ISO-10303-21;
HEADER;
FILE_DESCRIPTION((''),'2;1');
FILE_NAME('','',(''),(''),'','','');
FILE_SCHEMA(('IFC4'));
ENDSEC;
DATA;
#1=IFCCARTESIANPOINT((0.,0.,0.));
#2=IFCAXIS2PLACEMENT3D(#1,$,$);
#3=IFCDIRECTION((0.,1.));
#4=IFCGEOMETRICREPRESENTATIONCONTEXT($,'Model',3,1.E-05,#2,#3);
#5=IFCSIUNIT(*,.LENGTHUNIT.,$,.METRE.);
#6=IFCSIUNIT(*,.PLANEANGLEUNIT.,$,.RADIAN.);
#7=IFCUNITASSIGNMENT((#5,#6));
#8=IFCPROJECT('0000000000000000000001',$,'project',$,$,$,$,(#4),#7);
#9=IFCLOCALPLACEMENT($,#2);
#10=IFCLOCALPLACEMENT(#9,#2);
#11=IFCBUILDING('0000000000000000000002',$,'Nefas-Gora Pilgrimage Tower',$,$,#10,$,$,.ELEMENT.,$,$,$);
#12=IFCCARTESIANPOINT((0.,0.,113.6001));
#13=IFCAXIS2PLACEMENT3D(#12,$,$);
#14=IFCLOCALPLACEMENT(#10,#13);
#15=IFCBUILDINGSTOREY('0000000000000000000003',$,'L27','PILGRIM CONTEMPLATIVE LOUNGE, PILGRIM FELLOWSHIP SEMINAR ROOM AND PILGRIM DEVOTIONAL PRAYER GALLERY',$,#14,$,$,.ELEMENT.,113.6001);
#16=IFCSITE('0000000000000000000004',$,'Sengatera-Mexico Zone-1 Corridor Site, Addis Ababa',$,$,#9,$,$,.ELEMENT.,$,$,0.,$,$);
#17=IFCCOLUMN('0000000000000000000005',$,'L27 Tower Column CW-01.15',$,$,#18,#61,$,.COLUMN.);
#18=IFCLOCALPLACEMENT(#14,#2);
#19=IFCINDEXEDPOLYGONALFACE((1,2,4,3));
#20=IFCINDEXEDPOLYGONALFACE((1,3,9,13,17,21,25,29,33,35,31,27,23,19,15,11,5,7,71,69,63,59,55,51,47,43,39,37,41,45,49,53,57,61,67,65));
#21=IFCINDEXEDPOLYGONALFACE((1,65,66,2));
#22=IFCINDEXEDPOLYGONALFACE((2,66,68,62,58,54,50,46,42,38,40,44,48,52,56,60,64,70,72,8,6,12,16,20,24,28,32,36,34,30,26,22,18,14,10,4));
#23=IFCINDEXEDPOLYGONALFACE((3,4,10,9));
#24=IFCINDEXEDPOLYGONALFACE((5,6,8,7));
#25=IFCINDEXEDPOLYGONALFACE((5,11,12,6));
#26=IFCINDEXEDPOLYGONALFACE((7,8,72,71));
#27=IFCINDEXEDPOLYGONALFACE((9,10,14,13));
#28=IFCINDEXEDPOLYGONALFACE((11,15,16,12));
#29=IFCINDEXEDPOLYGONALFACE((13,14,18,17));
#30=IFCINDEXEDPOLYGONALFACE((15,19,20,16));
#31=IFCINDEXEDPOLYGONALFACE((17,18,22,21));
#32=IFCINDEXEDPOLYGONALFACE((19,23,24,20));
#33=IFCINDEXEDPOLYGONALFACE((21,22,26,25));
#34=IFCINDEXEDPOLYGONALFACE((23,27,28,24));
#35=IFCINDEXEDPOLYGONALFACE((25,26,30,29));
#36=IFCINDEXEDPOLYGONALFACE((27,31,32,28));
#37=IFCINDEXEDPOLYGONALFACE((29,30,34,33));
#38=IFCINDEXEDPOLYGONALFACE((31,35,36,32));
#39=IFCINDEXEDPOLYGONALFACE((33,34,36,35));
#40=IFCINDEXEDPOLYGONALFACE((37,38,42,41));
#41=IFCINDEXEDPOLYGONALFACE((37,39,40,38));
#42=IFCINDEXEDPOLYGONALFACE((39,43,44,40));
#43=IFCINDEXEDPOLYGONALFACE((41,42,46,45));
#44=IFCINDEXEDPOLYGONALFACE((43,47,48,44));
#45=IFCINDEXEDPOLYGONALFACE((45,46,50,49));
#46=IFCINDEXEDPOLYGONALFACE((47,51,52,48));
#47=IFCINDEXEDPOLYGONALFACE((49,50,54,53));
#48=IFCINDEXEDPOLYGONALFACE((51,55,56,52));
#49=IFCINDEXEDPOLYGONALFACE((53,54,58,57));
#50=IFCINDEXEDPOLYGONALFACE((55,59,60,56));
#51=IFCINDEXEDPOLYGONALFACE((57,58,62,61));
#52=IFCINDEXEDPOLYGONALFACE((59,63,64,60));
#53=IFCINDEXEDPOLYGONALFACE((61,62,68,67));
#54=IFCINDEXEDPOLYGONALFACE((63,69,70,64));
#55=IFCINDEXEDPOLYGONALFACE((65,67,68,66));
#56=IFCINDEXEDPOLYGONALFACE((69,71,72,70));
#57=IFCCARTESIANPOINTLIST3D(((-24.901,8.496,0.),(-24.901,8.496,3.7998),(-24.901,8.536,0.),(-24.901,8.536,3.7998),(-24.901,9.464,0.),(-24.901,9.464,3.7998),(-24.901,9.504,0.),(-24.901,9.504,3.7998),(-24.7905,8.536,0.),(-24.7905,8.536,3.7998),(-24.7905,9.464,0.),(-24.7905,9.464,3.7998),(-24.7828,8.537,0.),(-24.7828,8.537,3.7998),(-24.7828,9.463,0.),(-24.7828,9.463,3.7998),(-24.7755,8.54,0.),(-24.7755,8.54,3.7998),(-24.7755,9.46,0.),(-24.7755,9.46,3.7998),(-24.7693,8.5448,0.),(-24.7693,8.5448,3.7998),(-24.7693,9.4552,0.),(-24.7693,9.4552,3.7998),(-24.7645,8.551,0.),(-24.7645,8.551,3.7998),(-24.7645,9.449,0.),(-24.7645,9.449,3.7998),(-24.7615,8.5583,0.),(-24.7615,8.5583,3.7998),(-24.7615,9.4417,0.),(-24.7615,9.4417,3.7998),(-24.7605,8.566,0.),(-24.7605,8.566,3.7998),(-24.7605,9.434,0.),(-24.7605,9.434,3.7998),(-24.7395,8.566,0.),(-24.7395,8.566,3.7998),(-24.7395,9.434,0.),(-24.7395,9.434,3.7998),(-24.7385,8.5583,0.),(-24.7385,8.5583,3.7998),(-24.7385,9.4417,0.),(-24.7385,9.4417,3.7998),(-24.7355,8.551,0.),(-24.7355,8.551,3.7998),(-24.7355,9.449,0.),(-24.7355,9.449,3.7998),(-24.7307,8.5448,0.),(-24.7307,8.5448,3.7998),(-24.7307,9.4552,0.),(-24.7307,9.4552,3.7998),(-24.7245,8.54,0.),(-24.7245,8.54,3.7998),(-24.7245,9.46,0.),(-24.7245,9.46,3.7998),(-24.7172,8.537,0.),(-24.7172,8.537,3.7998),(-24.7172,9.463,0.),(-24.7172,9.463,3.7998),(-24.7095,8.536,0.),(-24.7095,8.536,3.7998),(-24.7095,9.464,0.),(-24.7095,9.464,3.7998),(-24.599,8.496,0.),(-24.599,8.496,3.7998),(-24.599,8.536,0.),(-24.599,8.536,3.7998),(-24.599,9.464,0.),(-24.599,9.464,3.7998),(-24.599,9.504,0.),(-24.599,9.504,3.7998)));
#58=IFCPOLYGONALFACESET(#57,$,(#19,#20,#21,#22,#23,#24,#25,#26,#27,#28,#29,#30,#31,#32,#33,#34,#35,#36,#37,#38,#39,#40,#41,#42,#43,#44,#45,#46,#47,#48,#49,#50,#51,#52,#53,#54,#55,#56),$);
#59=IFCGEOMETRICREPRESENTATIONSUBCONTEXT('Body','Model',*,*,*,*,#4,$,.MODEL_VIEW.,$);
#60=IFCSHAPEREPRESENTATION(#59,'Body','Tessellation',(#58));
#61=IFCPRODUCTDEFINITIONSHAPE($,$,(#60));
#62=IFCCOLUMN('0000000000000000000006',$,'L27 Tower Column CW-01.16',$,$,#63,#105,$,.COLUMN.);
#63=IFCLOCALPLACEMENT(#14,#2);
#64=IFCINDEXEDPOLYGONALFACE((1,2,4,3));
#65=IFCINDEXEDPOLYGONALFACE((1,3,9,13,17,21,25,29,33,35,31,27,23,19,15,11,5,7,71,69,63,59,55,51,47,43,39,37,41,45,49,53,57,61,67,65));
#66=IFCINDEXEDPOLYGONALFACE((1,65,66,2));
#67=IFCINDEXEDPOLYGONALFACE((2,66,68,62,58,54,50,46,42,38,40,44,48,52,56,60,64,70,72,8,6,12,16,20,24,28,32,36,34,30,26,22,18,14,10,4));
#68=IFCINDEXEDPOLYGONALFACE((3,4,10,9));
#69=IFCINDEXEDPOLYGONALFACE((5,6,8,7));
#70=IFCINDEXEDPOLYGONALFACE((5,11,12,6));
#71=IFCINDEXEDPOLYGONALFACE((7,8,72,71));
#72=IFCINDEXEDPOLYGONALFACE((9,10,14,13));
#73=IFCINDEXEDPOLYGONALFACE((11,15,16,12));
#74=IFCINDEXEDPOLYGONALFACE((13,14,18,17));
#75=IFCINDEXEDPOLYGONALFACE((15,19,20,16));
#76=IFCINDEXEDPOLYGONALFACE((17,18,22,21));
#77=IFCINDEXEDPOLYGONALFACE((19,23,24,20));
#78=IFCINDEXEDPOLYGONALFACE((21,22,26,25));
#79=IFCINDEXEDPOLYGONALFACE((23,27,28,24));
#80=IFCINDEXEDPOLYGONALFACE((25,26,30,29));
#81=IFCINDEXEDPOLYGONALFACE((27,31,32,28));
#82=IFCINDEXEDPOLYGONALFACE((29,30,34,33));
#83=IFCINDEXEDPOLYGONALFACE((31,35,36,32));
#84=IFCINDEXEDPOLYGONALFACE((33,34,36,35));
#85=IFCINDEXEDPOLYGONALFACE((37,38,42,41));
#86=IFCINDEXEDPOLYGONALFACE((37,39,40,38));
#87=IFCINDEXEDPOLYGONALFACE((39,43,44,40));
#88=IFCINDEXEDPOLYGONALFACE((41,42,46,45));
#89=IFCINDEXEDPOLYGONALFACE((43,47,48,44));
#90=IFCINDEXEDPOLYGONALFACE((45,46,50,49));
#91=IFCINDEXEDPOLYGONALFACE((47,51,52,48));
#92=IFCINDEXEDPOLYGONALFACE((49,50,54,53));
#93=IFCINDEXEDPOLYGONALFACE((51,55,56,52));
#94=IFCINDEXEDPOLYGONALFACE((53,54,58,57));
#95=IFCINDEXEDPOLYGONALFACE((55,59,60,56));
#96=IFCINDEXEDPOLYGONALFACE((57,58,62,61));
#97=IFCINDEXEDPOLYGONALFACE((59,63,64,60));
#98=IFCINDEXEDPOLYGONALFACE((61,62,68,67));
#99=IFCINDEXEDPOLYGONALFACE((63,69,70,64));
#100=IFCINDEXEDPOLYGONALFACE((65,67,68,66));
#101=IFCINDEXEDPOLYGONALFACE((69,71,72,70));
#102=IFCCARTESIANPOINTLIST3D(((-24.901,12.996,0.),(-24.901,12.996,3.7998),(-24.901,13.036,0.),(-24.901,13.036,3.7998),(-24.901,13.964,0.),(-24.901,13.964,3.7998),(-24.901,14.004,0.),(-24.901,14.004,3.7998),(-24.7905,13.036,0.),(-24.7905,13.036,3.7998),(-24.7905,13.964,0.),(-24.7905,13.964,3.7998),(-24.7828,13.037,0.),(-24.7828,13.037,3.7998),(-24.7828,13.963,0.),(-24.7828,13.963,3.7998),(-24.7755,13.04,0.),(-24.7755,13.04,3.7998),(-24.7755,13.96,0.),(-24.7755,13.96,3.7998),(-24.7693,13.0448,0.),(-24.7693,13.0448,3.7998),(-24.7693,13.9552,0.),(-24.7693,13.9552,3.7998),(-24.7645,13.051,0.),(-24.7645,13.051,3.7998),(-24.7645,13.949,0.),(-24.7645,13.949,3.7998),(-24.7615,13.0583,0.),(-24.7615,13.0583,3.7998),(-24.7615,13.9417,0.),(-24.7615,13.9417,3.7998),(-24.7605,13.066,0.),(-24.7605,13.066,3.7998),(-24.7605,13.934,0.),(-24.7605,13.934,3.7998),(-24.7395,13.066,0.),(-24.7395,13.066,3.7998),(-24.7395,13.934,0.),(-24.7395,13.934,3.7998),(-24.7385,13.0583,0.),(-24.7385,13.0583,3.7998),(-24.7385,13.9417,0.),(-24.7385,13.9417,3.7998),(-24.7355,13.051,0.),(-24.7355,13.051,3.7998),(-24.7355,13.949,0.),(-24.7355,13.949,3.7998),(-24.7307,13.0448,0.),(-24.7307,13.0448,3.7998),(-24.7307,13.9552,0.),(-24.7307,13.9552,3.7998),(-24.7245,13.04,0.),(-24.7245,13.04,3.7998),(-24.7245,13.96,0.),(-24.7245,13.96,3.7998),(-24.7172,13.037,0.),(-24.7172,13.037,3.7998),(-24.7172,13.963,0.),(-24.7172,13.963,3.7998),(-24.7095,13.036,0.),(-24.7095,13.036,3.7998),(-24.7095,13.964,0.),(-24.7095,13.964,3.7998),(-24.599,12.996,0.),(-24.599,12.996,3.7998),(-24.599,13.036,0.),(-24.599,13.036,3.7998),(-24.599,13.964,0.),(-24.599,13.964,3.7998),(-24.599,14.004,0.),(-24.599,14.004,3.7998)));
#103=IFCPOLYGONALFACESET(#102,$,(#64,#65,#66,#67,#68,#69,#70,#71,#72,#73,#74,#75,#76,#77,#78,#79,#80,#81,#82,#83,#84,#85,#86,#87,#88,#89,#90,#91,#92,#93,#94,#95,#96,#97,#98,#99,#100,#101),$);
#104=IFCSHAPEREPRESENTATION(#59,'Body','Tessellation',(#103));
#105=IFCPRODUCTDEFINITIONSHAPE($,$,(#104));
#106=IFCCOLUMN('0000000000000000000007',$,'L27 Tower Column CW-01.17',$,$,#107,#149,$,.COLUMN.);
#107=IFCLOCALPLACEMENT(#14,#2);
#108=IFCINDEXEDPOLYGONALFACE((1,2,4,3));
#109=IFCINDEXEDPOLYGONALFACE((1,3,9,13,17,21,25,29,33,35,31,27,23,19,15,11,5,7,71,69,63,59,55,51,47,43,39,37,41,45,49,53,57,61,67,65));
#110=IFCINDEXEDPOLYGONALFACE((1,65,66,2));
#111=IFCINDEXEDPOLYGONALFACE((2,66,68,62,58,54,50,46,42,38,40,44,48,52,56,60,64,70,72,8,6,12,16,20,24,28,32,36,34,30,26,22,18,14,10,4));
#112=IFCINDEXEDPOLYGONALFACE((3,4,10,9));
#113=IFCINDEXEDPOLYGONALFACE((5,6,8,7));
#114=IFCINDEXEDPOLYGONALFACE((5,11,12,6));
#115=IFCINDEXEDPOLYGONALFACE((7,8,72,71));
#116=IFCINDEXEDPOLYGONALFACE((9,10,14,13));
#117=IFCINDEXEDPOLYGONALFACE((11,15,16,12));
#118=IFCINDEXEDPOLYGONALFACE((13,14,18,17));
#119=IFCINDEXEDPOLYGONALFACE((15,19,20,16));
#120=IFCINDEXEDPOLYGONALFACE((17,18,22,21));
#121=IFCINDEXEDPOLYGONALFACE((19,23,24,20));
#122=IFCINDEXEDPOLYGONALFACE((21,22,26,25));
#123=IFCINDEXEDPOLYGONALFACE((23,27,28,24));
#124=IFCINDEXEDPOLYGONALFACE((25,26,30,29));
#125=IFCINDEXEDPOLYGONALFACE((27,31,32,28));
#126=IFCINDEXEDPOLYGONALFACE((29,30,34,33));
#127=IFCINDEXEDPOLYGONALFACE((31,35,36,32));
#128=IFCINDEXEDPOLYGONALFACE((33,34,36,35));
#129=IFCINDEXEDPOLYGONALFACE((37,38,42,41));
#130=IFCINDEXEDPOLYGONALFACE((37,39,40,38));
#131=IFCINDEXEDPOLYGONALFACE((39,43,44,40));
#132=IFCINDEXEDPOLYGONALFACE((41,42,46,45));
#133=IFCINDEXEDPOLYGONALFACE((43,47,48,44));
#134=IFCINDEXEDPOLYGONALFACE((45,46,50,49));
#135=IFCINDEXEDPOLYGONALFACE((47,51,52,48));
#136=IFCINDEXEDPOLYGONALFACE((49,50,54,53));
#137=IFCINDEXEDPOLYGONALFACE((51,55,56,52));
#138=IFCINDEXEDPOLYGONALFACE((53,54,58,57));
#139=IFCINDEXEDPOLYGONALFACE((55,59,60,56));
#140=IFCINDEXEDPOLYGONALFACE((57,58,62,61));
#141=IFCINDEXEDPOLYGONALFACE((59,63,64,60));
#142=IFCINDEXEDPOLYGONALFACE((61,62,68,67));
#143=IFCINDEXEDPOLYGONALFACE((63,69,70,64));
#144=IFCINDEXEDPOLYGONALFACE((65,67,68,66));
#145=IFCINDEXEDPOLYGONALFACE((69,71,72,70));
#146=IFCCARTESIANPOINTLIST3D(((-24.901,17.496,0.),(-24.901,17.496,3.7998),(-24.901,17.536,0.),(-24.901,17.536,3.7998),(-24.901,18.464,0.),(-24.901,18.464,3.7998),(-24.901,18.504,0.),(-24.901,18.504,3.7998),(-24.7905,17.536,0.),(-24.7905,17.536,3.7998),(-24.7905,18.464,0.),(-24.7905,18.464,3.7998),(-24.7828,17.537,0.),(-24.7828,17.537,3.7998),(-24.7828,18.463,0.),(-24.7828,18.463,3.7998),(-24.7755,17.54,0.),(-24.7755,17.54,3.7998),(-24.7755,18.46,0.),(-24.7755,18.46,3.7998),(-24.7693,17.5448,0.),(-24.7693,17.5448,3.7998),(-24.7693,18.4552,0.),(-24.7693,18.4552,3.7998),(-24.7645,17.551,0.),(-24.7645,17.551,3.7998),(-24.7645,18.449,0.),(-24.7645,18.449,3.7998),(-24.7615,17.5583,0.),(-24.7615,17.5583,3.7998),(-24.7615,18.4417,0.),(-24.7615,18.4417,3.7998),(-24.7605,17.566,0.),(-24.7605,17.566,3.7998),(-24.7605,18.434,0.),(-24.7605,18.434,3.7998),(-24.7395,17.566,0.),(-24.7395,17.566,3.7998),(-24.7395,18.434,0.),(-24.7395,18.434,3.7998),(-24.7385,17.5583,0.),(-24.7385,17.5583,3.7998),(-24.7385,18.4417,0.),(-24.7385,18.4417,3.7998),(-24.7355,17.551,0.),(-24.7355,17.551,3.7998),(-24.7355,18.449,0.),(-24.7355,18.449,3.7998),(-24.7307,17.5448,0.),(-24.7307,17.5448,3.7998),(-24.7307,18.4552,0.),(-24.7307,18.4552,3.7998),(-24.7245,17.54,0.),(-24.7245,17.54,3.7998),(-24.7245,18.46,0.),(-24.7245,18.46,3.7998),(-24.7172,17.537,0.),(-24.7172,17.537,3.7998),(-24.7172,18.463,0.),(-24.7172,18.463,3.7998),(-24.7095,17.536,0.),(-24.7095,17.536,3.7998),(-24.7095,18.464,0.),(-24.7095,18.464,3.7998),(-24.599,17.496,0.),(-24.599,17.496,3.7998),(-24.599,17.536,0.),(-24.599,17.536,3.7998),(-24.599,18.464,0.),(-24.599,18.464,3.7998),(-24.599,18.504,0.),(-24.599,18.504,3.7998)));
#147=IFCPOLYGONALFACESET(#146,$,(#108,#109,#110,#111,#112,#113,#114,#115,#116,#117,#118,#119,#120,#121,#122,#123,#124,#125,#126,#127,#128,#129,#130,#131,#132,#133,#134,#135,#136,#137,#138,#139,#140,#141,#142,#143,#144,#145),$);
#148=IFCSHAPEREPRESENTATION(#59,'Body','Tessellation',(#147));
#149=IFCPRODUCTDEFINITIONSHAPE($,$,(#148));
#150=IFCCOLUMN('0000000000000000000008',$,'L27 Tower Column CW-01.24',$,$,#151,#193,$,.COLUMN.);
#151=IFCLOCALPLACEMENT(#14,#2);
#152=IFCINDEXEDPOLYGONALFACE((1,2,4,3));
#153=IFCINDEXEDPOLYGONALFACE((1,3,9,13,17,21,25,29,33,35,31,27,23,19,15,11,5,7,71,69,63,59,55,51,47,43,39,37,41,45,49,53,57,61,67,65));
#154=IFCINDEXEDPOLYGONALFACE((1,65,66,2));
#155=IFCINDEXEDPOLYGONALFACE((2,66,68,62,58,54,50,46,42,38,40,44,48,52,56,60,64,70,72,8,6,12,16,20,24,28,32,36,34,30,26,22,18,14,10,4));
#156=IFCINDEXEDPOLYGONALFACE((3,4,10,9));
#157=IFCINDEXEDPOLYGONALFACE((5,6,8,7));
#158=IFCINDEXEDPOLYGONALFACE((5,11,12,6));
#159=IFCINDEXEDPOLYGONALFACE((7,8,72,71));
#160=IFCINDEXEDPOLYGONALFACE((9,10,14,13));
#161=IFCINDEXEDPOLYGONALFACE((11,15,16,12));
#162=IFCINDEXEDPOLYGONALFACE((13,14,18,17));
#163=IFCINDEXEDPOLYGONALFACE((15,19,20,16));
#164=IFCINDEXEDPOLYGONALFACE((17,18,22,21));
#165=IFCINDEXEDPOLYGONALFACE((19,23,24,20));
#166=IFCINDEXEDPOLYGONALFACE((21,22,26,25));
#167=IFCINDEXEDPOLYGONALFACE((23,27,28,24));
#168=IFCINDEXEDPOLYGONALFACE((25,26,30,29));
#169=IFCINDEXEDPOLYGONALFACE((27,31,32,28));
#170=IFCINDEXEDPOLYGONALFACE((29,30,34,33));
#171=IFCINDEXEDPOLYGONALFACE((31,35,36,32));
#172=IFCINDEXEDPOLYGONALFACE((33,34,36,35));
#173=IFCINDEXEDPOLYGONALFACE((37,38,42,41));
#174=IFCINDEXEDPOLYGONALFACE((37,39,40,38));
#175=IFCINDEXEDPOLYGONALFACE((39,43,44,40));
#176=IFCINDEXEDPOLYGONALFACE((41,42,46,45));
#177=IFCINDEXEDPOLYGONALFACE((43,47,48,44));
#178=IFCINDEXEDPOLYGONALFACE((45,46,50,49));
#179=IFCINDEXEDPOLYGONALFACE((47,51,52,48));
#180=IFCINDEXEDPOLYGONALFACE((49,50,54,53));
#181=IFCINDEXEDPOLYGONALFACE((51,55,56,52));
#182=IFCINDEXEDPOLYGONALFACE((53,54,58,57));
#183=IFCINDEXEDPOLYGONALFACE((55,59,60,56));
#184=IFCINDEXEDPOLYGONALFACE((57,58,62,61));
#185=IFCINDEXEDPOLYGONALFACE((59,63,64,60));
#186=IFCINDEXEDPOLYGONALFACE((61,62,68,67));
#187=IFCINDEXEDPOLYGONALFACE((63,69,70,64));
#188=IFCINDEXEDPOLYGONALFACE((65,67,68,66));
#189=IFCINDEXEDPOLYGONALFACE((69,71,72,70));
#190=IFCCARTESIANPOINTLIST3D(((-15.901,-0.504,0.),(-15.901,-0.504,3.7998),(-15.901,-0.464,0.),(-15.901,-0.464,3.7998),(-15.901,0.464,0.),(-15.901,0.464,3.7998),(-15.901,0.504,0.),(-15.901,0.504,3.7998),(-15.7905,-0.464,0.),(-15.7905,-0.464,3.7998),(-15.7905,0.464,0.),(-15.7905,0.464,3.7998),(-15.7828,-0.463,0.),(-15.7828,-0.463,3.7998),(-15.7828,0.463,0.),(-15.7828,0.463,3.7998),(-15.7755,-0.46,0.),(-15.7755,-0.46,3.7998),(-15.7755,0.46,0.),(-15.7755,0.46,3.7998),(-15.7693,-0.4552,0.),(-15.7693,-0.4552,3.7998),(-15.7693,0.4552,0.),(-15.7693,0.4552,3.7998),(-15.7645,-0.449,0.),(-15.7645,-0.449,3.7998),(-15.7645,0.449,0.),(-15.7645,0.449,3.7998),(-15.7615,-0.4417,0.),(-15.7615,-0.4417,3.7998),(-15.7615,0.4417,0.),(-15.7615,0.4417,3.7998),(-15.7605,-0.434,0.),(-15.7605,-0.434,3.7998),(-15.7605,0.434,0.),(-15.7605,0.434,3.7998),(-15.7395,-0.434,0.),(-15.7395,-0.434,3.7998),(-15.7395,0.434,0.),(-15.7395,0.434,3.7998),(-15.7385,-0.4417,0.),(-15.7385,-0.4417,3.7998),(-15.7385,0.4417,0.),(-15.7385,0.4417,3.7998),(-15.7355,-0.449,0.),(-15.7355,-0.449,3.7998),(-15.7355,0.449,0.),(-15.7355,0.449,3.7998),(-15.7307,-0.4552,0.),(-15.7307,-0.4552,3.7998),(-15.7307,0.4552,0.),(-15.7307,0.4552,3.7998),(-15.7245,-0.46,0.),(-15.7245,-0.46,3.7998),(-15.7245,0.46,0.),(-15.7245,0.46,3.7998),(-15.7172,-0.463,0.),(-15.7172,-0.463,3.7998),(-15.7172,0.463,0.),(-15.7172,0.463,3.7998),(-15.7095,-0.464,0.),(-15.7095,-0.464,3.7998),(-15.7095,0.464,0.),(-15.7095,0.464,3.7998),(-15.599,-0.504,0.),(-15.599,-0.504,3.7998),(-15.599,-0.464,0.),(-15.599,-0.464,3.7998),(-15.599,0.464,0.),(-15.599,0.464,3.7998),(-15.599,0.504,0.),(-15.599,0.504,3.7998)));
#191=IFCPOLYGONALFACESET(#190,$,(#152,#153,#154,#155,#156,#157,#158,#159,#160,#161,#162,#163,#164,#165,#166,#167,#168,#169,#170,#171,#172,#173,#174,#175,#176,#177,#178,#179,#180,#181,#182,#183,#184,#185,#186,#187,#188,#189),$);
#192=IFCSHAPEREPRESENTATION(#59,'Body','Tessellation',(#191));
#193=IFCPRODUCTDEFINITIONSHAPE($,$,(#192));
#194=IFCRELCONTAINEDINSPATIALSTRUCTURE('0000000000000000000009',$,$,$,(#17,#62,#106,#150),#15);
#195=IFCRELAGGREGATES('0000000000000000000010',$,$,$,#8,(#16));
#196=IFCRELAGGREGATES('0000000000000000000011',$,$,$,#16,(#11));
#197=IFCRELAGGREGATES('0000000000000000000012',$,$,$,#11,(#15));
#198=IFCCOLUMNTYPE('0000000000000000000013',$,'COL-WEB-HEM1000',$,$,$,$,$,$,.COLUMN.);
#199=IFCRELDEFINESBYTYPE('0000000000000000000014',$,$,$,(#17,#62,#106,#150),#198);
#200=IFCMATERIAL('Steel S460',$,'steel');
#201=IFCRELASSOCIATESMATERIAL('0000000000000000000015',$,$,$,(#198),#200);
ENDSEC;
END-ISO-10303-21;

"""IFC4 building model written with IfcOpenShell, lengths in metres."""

from ifc_helpers import new_model, si_unit, direction, frame, origin, origin_2d, place, context, subcontext, project, spatial, i_section, extrude, source, transform, mapped, material, material_profile, profile_set, type_object, element, save


model = new_model("IFC4")

# Units and contexts
model_context = context("Model", 3, precision=1e-05, world=origin(), true_north=direction((0.0, 1.0)))
body_context = subcontext(model_context, "Body", "Model", "MODEL_VIEW")
ifc_project = project(units=[si_unit("LENGTHUNIT", "METRE"), si_unit("PLANEANGLEUNIT", "RADIAN")], contexts=[model_context])

# Site, building, storey
site_placement = place(None, origin())
site = spatial("IfcSite", under=ifc_project, at=site_placement, Name="Sengatera-Mexico Zone-1 Corridor Site, Addis Ababa", CompositionType="ELEMENT", RefElevation=0.0)
building_placement = place(site_placement, origin())
building = spatial("IfcBuilding", under=site, at=building_placement, Name="Nefas-Gora Pilgrimage Tower", CompositionType="ELEMENT")
storey_placement = place(building_placement, frame((0.0, 0.0, 113.6001)))
storey = spatial("IfcBuildingStorey", under=building, at=storey_placement, Name="L27", Description="PILGRIM CONTEMPLATIVE LOUNGE, PILGRIM FELLOWSHIP SEMINAR ROOM AND PILGRIM DEVOTIONAL PRAYER GALLERY", CompositionType="ELEMENT", Elevation=113.6001)

# Columns
ifc_material_1 = material(Name="Steel S460", Category="steel")
ifc_material_profile_1 = material_profile(ifc_material_1, i_section(OverallWidth=0.302, OverallDepth=1.0081, WebThickness=0.021, FlangeThickness=0.04, FilletRadius=0.03, at=origin_2d()), Name="HEM 1000")
ifc_profile_set_1 = profile_set([ifc_material_profile_1], Name="Steel S460")
column_type_1 = type_object("IfcColumnType", Name="COL-WEB-HEM1000", PredefinedType="COLUMN", material=ifc_profile_set_1)
shared_shape_1 = source(origin(), body_context, "Body", "SweptSolid", [
    extrude(i_section(OverallWidth=0.302, OverallDepth=1.0081, WebThickness=0.021, FlangeThickness=0.04, FilletRadius=0.03, at=origin_2d()), origin(), (0.0, 0.0, 1.0), 3.7998),
])
for number, where, z_axis, x_axis, name in (
    (1, (-24.75, 9.0, 0.0), (0.0, 0.0, 1.0), (1.0, 0.0, 0.0), "L27 Tower Column CW-01.15"),
    (2, (-24.75, 13.5, 0.0), (0.0, 0.0, 1.0), (1.0, 0.0, 0.0), "L27 Tower Column CW-01.16"),
    (3, (-24.75, 18.0, 0.0), (0.0, 0.0, 1.0), (1.0, 0.0, 0.0), "L27 Tower Column CW-01.17"),
    (4, (-15.75, 0.0, 0.0), (0.0, 0.0, 1.0), (1.0, 0.0, 0.0), "L27 Tower Column CW-01.24"),
):
    element("IfcColumn", number, at=place(storey_placement, frame(where, z_axis=z_axis, x_axis=x_axis)), inside=storey, type_object=column_type_1, Name=name, PredefinedType="COLUMN", context=body_context, shape_type="MappedRepresentation", body=[
        mapped(shared_shape_1, transform((0.0, 0.0, 0.0), x_axis=(1.0, 0.0, 0.0), y_axis=(0.0, 1.0, 0.0), z_axis=(0.0, 0.0, 1.0), scale=1.0)),
    ])

save(model, "model.ifc")
